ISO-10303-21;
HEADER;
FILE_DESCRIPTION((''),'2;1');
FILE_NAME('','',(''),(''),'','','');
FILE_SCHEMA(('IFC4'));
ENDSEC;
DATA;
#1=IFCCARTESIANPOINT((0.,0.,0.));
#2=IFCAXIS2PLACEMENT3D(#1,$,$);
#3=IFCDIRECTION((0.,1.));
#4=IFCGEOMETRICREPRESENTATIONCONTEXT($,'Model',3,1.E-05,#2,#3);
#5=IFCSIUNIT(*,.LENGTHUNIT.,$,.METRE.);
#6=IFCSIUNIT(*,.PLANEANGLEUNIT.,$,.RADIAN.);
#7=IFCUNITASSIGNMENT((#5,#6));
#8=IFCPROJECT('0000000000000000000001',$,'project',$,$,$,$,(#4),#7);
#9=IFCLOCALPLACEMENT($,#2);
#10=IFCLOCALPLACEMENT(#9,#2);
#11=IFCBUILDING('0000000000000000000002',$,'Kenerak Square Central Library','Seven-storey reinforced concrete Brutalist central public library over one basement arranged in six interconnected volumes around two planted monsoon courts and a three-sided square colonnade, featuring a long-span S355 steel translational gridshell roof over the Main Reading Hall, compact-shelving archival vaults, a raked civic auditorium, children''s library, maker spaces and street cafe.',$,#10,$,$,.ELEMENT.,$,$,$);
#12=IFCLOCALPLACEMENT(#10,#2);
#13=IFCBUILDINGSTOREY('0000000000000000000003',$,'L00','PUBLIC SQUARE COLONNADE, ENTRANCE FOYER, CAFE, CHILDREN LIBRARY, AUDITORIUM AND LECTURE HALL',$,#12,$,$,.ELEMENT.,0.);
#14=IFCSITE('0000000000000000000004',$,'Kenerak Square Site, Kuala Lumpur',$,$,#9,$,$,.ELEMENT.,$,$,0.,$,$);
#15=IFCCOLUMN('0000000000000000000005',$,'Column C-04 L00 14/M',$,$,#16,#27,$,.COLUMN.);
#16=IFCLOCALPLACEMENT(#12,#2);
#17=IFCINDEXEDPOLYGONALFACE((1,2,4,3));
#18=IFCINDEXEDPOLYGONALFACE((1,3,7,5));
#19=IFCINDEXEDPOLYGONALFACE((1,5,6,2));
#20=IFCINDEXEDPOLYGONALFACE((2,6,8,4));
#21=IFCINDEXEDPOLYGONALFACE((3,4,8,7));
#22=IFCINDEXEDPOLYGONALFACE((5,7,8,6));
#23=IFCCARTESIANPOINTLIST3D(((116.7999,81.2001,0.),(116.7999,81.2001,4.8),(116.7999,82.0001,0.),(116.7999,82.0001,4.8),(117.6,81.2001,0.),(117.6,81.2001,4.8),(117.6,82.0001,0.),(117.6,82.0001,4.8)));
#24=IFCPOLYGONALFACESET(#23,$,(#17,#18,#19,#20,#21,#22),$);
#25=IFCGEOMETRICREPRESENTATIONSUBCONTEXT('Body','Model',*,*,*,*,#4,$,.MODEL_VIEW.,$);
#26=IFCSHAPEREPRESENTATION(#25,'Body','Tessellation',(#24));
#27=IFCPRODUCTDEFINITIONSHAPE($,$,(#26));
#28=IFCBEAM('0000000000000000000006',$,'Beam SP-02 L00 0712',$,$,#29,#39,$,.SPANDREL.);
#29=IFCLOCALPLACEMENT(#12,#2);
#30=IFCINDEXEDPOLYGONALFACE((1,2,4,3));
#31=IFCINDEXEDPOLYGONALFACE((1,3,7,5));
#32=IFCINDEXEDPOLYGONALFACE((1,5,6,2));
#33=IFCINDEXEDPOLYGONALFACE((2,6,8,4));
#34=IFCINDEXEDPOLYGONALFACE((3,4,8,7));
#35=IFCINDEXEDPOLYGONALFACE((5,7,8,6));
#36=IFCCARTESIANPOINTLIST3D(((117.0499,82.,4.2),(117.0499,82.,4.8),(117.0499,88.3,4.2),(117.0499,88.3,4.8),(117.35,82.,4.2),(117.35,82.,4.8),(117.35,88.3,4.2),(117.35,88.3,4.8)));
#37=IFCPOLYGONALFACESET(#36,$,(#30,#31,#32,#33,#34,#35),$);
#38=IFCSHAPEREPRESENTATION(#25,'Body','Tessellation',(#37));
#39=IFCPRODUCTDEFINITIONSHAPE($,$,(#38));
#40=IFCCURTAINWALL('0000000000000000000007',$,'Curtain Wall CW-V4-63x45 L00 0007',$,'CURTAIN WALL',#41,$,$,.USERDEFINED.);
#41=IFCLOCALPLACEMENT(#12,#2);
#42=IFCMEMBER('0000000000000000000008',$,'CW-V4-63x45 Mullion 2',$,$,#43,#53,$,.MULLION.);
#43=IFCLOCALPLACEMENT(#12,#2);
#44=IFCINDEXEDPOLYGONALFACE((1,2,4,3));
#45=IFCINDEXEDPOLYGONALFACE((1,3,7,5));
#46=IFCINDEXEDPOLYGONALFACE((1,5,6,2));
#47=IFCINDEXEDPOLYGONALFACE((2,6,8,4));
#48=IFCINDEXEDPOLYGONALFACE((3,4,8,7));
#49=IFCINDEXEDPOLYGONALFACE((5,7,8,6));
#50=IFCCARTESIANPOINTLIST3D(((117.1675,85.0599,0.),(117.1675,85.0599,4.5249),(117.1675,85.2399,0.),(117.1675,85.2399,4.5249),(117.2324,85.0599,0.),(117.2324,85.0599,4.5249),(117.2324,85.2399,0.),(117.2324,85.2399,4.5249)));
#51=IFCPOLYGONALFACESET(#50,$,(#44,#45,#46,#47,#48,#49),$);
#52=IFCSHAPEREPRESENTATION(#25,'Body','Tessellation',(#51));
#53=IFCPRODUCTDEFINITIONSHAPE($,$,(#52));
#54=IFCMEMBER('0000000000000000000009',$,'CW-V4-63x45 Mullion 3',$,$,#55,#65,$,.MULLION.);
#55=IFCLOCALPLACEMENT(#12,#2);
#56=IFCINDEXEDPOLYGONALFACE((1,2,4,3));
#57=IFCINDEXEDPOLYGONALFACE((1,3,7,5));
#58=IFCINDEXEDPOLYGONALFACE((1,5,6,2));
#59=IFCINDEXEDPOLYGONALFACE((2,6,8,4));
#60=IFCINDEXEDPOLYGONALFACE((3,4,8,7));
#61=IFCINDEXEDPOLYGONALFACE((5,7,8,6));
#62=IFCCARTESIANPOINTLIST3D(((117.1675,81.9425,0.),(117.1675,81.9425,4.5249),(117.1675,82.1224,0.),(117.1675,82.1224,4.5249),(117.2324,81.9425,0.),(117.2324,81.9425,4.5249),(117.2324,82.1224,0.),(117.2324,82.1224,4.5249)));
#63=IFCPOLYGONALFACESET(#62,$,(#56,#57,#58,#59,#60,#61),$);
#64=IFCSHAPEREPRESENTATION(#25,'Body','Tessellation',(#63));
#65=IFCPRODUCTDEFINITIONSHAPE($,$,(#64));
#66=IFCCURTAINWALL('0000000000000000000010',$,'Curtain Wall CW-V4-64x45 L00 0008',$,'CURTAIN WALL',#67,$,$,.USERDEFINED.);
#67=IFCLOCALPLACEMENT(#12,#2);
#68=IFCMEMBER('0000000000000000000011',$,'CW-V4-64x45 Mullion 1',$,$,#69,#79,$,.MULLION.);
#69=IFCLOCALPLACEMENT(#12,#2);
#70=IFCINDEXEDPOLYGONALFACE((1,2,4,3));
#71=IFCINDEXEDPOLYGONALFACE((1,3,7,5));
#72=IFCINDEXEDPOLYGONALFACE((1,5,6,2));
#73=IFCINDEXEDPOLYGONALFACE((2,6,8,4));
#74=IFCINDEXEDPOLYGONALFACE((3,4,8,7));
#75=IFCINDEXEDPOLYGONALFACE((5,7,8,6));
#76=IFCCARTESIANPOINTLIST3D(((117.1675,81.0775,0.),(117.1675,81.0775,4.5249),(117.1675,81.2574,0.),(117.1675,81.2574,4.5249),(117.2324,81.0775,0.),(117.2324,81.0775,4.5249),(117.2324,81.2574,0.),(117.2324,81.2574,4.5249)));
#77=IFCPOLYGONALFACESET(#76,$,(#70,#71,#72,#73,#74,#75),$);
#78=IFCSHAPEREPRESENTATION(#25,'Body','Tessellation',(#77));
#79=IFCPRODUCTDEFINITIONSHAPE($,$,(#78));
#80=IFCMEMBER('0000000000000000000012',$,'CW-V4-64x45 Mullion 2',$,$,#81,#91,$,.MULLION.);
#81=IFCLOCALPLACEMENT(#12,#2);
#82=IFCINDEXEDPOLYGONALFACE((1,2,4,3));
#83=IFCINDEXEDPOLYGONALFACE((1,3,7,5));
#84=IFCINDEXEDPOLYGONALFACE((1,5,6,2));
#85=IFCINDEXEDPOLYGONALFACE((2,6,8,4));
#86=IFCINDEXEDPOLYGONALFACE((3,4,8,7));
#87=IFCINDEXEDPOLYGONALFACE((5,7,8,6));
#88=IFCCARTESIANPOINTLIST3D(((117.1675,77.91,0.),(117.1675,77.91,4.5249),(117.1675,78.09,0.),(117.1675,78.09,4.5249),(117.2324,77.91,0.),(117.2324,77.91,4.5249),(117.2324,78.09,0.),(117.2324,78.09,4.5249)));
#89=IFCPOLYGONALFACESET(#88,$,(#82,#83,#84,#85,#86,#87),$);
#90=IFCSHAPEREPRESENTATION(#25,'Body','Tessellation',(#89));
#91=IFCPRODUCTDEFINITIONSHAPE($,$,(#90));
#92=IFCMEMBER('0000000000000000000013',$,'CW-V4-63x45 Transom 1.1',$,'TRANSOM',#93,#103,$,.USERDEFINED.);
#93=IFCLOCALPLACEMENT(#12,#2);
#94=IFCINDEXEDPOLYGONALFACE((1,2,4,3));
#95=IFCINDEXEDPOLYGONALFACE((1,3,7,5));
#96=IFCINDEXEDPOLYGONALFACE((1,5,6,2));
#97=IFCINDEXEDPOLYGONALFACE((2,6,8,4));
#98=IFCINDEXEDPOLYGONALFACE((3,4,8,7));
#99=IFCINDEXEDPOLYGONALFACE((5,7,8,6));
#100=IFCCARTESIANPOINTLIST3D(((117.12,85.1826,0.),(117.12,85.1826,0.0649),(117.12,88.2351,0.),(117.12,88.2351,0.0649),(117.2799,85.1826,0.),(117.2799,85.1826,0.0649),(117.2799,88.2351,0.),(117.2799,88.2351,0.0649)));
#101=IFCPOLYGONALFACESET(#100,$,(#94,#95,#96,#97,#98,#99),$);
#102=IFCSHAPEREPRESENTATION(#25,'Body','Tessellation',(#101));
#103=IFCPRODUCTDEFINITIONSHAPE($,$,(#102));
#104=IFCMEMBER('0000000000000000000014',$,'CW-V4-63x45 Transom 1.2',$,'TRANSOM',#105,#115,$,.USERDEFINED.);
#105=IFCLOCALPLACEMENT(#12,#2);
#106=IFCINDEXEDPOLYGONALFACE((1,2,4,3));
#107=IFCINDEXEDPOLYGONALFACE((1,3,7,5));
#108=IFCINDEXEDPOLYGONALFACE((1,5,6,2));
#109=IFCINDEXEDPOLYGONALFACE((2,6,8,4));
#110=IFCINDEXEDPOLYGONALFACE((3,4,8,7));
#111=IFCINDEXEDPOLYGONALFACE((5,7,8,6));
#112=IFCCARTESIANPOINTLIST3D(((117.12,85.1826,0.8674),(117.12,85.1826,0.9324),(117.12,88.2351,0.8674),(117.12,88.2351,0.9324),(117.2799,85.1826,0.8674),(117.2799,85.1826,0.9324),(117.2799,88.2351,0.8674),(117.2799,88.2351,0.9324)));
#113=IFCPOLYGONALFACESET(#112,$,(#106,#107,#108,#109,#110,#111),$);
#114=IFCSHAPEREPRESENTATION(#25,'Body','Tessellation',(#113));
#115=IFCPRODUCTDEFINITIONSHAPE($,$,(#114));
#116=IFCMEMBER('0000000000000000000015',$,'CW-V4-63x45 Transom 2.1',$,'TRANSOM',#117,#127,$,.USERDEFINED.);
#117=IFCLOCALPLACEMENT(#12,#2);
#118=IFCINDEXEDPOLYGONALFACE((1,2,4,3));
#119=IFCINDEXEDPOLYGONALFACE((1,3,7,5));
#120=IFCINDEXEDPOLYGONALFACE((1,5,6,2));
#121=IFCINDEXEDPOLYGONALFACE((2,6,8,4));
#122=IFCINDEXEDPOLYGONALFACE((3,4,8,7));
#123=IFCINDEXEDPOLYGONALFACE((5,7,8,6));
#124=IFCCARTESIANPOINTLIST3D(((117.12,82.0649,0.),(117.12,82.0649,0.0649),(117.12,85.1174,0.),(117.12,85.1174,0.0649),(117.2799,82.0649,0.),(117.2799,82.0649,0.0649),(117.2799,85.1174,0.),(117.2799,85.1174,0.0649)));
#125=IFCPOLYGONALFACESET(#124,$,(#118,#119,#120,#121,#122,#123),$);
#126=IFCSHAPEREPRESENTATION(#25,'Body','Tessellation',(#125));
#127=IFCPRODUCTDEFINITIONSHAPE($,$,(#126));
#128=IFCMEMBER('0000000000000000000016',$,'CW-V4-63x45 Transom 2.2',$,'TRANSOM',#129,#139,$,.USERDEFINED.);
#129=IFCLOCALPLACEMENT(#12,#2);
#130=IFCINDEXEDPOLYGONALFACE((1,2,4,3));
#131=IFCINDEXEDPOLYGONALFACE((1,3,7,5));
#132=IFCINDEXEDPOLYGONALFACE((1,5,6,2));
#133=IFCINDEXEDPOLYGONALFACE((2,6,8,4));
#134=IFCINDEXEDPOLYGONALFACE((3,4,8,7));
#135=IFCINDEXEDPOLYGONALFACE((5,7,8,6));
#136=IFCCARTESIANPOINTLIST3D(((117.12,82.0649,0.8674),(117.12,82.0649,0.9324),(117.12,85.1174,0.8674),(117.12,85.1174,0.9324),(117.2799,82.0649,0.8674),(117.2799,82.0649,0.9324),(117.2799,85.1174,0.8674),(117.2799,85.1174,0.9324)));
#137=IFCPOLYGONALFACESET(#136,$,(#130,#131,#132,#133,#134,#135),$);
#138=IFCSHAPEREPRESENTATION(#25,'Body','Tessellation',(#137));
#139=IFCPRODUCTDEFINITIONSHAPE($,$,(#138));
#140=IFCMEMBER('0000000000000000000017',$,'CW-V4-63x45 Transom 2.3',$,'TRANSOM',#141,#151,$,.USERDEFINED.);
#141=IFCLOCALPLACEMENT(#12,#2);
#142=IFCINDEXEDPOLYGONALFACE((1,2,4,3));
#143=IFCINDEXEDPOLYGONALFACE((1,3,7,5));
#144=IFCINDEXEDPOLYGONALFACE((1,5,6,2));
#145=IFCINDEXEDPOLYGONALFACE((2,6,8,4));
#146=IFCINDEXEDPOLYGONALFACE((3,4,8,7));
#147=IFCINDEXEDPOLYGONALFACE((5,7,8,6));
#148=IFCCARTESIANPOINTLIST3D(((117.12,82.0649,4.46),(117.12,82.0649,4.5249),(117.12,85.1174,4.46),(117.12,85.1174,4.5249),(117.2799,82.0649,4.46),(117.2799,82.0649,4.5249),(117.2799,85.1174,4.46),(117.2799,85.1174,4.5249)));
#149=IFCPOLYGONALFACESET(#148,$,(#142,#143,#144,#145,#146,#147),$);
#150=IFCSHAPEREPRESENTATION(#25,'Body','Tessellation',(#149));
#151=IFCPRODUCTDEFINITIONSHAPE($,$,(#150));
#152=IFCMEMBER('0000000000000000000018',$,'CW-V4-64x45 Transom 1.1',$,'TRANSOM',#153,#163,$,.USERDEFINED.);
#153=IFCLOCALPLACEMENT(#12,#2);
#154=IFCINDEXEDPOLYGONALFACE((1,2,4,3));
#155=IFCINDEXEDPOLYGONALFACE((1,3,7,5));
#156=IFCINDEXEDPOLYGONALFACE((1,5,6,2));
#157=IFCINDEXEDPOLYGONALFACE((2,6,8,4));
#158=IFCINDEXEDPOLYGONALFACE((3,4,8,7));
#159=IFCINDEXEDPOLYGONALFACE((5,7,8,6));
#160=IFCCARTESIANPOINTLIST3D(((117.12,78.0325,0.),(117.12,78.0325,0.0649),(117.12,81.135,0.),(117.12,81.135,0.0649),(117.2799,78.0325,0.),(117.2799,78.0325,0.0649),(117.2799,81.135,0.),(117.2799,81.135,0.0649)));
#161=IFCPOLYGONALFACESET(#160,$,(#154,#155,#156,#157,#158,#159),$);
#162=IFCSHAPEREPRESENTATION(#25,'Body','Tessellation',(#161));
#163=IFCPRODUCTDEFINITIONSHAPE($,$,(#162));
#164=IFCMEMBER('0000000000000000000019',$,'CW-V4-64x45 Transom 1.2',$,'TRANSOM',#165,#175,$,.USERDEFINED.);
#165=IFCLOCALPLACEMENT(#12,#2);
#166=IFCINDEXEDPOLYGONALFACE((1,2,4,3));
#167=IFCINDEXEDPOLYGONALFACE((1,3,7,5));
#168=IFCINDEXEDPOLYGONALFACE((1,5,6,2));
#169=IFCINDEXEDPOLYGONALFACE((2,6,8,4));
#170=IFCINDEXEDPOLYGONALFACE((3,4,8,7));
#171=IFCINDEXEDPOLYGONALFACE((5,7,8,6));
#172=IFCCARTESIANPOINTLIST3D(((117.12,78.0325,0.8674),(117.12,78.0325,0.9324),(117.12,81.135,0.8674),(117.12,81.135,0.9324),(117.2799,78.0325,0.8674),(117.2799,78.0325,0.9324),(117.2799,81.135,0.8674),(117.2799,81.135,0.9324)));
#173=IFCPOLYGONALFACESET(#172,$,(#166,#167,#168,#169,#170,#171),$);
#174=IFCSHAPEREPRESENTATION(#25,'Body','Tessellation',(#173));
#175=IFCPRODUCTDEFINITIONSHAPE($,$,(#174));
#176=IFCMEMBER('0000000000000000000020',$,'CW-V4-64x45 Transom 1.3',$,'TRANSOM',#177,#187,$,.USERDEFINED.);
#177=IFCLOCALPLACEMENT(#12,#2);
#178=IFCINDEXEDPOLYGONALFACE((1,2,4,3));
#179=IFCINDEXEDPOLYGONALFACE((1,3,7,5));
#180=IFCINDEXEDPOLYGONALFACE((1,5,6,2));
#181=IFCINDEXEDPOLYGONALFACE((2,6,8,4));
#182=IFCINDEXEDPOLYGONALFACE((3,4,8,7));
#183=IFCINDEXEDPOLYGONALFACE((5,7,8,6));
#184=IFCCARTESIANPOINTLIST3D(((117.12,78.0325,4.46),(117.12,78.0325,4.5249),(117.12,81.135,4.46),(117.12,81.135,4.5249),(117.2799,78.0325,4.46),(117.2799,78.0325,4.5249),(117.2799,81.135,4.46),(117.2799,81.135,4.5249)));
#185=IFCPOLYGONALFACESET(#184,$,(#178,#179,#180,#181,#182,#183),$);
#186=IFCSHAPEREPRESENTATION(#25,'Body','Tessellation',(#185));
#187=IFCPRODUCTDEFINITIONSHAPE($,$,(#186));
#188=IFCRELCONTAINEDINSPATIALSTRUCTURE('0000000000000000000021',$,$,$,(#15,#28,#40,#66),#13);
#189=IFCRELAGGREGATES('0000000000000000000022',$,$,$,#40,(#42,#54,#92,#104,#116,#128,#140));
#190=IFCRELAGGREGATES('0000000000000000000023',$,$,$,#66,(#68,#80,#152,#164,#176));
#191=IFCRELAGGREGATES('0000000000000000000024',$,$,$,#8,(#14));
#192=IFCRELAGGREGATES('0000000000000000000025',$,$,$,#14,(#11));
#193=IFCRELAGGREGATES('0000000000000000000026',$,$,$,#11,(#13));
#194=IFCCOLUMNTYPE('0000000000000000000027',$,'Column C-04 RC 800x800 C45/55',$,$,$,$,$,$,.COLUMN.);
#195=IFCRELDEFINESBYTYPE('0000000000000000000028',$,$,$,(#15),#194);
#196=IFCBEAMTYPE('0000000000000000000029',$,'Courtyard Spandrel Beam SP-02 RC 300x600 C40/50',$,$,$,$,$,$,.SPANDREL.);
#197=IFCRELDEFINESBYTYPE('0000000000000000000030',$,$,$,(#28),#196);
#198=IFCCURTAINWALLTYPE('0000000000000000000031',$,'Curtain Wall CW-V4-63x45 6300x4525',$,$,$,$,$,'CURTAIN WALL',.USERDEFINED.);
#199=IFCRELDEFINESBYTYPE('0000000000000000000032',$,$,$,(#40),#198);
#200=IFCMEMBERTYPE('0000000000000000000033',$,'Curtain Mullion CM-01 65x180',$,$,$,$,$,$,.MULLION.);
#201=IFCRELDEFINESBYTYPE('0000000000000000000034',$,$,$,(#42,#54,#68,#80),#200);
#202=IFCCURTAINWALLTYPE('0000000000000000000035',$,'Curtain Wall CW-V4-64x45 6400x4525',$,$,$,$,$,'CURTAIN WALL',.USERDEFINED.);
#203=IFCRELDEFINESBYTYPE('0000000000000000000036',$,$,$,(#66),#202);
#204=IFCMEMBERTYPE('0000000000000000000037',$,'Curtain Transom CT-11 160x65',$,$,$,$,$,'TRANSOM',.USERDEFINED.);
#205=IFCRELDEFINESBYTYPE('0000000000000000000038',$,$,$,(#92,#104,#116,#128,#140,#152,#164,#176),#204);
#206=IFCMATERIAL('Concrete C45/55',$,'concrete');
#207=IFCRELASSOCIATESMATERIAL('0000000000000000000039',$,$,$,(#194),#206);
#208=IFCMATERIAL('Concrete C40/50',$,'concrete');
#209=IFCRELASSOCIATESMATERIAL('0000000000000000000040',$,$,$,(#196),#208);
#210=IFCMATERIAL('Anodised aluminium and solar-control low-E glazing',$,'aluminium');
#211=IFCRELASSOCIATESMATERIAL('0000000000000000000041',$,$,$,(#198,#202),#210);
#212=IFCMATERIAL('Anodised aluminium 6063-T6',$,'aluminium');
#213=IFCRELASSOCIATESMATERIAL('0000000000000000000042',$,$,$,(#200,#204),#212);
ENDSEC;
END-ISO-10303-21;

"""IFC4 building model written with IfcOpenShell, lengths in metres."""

from ifc_helpers import new_model, si_unit, direction, frame, origin, origin_2d, place, context, subcontext, project, spatial, rectangle, extrude, material, material_profile, profile_set, type_object, element, aggregate, save


model = new_model("IFC4")

# Units and contexts
model_context = context("Model", 3, precision=1e-05, world=origin(), true_north=direction((0.0, 1.0)))
body_context = subcontext(model_context, "Body", "Model", "MODEL_VIEW")
ifc_project = project(units=[si_unit("LENGTHUNIT", "METRE"), si_unit("PLANEANGLEUNIT", "RADIAN")], contexts=[model_context])

# Site, building, storey
site_placement = place(None, origin())
site = spatial("IfcSite", under=ifc_project, at=site_placement, Name="Kenerak Square Site, Kuala Lumpur", CompositionType="ELEMENT", RefElevation=0.0)
building_placement = place(site_placement, origin())
building = spatial("IfcBuilding", under=site, at=building_placement, Name="Kenerak Square Central Library", Description="Seven-storey reinforced concrete Brutalist central public library over one basement arranged in six interconnected volumes around two planted monsoon courts and a three-sided square colonnade, featuring a long-span S355 steel translational gridshell roof over the Main Reading Hall, compact-shelving archival vaults, a raked civic auditorium, children's library, maker spaces and street cafe.", CompositionType="ELEMENT")
storey_placement = place(building_placement, origin())
storey = spatial("IfcBuildingStorey", under=building, at=storey_placement, Name="L00", Description="PUBLIC SQUARE COLONNADE, ENTRANCE FOYER, CAFE, CHILDREN LIBRARY, AUDITORIUM AND LECTURE HALL", CompositionType="ELEMENT", Elevation=0.0)

# Column
ifc_material_1 = material(Name="Concrete C45/55", Category="concrete")
ifc_material_profile_1 = material_profile(ifc_material_1, rectangle(XDim=0.8, YDim=0.8, at=origin_2d()), Name="RC 800x800")
ifc_profile_set_1 = profile_set([ifc_material_profile_1], Name="Concrete C45/55")
column_type = type_object("IfcColumnType", Name="Column C-04 RC 800x800 C45/55", PredefinedType="COLUMN", material=ifc_profile_set_1)
column_placement = place(storey_placement, frame((117.2, 81.6001, 0.0), z_axis=(0.0, 0.0, 1.0), x_axis=(1.0, 0.0, 0.0)))
element("IfcColumn", 1, at=column_placement, inside=storey, type_object=column_type, Name="Column C-04 L00 14/M", PredefinedType="COLUMN", context=body_context, shape_type="SweptSolid", body=[
    extrude(rectangle(XDim=0.8, YDim=0.8, at=origin_2d()), origin(), (0.0, 0.0, 1.0), 4.8),
])

# Beam
ifc_material_2 = material(Name="Concrete C40/50", Category="concrete")
ifc_material_profile_2 = material_profile(ifc_material_2, rectangle(XDim=0.3, YDim=0.6001, at=origin_2d()), Name="RC 300x600")
ifc_profile_set_2 = profile_set([ifc_material_profile_2], Name="Concrete C40/50")
beam_type = type_object("IfcBeamType", Name="Courtyard Spandrel Beam SP-02 RC 300x600 C40/50", PredefinedType="SPANDREL", material=ifc_profile_set_2)
beam_placement = place(storey_placement, frame((117.2, 82.0, 4.5), z_axis=(0.0, 1.0, 0.0), x_axis=(-1.0, 0.0, 0.0)))
element("IfcBeam", 2, at=beam_placement, inside=storey, type_object=beam_type, Name="Beam SP-02 L00 0712", PredefinedType="SPANDREL", context=body_context, shape_type="SweptSolid", body=[
    extrude(rectangle(XDim=0.3, YDim=0.6001, at=origin_2d()), origin(), (0.0, 0.0, 1.0), 6.3),
])

# Curtain walls, members
ifc_material_3 = material(Name="Anodised aluminium and solar-control low-E glazing", Category="aluminium")
curtain_wall_type_1 = type_object("IfcCurtainWallType", Name="Curtain Wall CW-V4-63x45 6300x4525", ElementType="CURTAIN WALL", PredefinedType="USERDEFINED", material=ifc_material_3)
curtain_wall_1_placement = place(storey_placement, origin())
curtain_wall_1 = element("IfcCurtainWall", 3, at=curtain_wall_1_placement, inside=storey, type_object=curtain_wall_type_1, Name="Curtain Wall CW-V4-63x45 L00 0007", ObjectType="CURTAIN WALL", PredefinedType="USERDEFINED")
ifc_material_4 = material(Name="Anodised aluminium 6063-T6", Category="aluminium")
ifc_material_profile_3 = material_profile(ifc_material_4, rectangle(XDim=0.0649, YDim=0.1799, at=origin_2d()), Name="AL MULLION 65x180")
ifc_profile_set_3 = profile_set([ifc_material_profile_3], Name="Anodised aluminium 6063-T6")
member_type_1 = type_object("IfcMemberType", Name="Curtain Mullion CM-01 65x180", PredefinedType="MULLION", material=ifc_profile_set_3)
member_1_placement = place(storey_placement, frame((117.2, 85.1499, 0.0), z_axis=(0.0, 0.0, 1.0), x_axis=(1.0, 0.0, 0.0)))
member_1 = element("IfcMember", 4, at=member_1_placement, type_object=member_type_1, Name="CW-V4-63x45 Mullion 2", PredefinedType="MULLION", context=body_context, shape_type="SweptSolid", body=[
    extrude(rectangle(XDim=0.0649, YDim=0.1799, at=origin_2d()), origin(), (0.0, 0.0, 1.0), 4.5249),
])
member_2_placement = place(storey_placement, frame((117.2, 82.0325, 0.0), z_axis=(0.0, 0.0, 1.0), x_axis=(1.0, 0.0, 0.0)))
member_2 = element("IfcMember", 5, at=member_2_placement, type_object=member_type_1, Name="CW-V4-63x45 Mullion 3", PredefinedType="MULLION", context=body_context, shape_type="SweptSolid", body=[
    extrude(rectangle(XDim=0.0649, YDim=0.1799, at=origin_2d()), origin(), (0.0, 0.0, 1.0), 4.5249),
])
curtain_wall_type_2 = type_object("IfcCurtainWallType", Name="Curtain Wall CW-V4-64x45 6400x4525", ElementType="CURTAIN WALL", PredefinedType="USERDEFINED", material=ifc_material_3)
curtain_wall_2_placement = place(storey_placement, origin())
curtain_wall_2 = element("IfcCurtainWall", 6, at=curtain_wall_2_placement, inside=storey, type_object=curtain_wall_type_2, Name="Curtain Wall CW-V4-64x45 L00 0008", ObjectType="CURTAIN WALL", PredefinedType="USERDEFINED")
member_3_placement = place(storey_placement, frame((117.2, 81.1675, 0.0), z_axis=(0.0, 0.0, 1.0), x_axis=(1.0, 0.0, 0.0)))
member_3 = element("IfcMember", 7, at=member_3_placement, type_object=member_type_1, Name="CW-V4-64x45 Mullion 1", PredefinedType="MULLION", context=body_context, shape_type="SweptSolid", body=[
    extrude(rectangle(XDim=0.0649, YDim=0.1799, at=origin_2d()), origin(), (0.0, 0.0, 1.0), 4.5249),
])
member_4_placement = place(storey_placement, frame((117.2, 78.0, 0.0), z_axis=(0.0, 0.0, 1.0), x_axis=(1.0, 0.0, 0.0)))
member_4 = element("IfcMember", 8, at=member_4_placement, type_object=member_type_1, Name="CW-V4-64x45 Mullion 2", PredefinedType="MULLION", context=body_context, shape_type="SweptSolid", body=[
    extrude(rectangle(XDim=0.0649, YDim=0.1799, at=origin_2d()), origin(), (0.0, 0.0, 1.0), 4.5249),
])

# Members
ifc_material_profile_4 = material_profile(ifc_material_4, rectangle(XDim=0.1599, YDim=0.0649, at=origin_2d()), Name="AL TRANSOM 160x65")
ifc_profile_set_4 = profile_set([ifc_material_profile_4], Name="Anodised aluminium 6063-T6")
member_type_2 = type_object("IfcMemberType", Name="Curtain Transom CT-11 160x65", ElementType="TRANSOM", PredefinedType="USERDEFINED", material=ifc_profile_set_4)
member_5_placement = place(storey_placement, frame((117.2, 88.2351, 0.0325), z_axis=(0.0, -1.0, 0.0), x_axis=(1.0, 0.0, 0.0)))
member_5 = element("IfcMember", 9, at=member_5_placement, type_object=member_type_2, Name="CW-V4-63x45 Transom 1.1", ObjectType="TRANSOM", PredefinedType="USERDEFINED", context=body_context, shape_type="SweptSolid", body=[
    extrude(rectangle(XDim=0.1599, YDim=0.0649, at=origin_2d()), origin(), (0.0, 0.0, 1.0), 3.0525),
])
member_6_placement = place(storey_placement, frame((117.2, 88.2351, 0.8999), z_axis=(0.0, -1.0, 0.0), x_axis=(1.0, 0.0, 0.0)))
member_6 = element("IfcMember", 10, at=member_6_placement, type_object=member_type_2, Name="CW-V4-63x45 Transom 1.2", ObjectType="TRANSOM", PredefinedType="USERDEFINED", context=body_context, shape_type="SweptSolid", body=[
    extrude(rectangle(XDim=0.1599, YDim=0.0649, at=origin_2d()), origin(), (0.0, 0.0, 1.0), 3.0525),
])
member_7_placement = place(storey_placement, frame((117.2, 85.1174, 0.0325), z_axis=(0.0, -1.0, 0.0), x_axis=(1.0, 0.0, 0.0)))
member_7 = element("IfcMember", 11, at=member_7_placement, type_object=member_type_2, Name="CW-V4-63x45 Transom 2.1", ObjectType="TRANSOM", PredefinedType="USERDEFINED", context=body_context, shape_type="SweptSolid", body=[
    extrude(rectangle(XDim=0.1599, YDim=0.0649, at=origin_2d()), origin(), (0.0, 0.0, 1.0), 3.0525),
])
member_8_placement = place(storey_placement, frame((117.2, 85.1174, 0.8999), z_axis=(0.0, -1.0, 0.0), x_axis=(1.0, 0.0, 0.0)))
member_8 = element("IfcMember", 12, at=member_8_placement, type_object=member_type_2, Name="CW-V4-63x45 Transom 2.2", ObjectType="TRANSOM", PredefinedType="USERDEFINED", context=body_context, shape_type="SweptSolid", body=[
    extrude(rectangle(XDim=0.1599, YDim=0.0649, at=origin_2d()), origin(), (0.0, 0.0, 1.0), 3.0525),
])
member_9_placement = place(storey_placement, frame((117.2, 85.1174, 4.4924), z_axis=(0.0, -1.0, 0.0), x_axis=(1.0, 0.0, 0.0)))
member_9 = element("IfcMember", 13, at=member_9_placement, type_object=member_type_2, Name="CW-V4-63x45 Transom 2.3", ObjectType="TRANSOM", PredefinedType="USERDEFINED", context=body_context, shape_type="SweptSolid", body=[
    extrude(rectangle(XDim=0.1599, YDim=0.0649, at=origin_2d()), origin(), (0.0, 0.0, 1.0), 3.0525),
])
member_10_placement = place(storey_placement, frame((117.2, 81.135, 0.0325), z_axis=(0.0, -1.0, 0.0), x_axis=(1.0, 0.0, 0.0)))
member_10 = element("IfcMember", 14, at=member_10_placement, type_object=member_type_2, Name="CW-V4-64x45 Transom 1.1", ObjectType="TRANSOM", PredefinedType="USERDEFINED", context=body_context, shape_type="SweptSolid", body=[
    extrude(rectangle(XDim=0.1599, YDim=0.0649, at=origin_2d()), origin(), (0.0, 0.0, 1.0), 3.1025),
])
member_11_placement = place(storey_placement, frame((117.2, 81.135, 0.8999), z_axis=(0.0, -1.0, 0.0), x_axis=(1.0, 0.0, 0.0)))
member_11 = element("IfcMember", 15, at=member_11_placement, type_object=member_type_2, Name="CW-V4-64x45 Transom 1.2", ObjectType="TRANSOM", PredefinedType="USERDEFINED", context=body_context, shape_type="SweptSolid", body=[
    extrude(rectangle(XDim=0.1599, YDim=0.0649, at=origin_2d()), origin(), (0.0, 0.0, 1.0), 3.1025),
])
member_12_placement = place(storey_placement, frame((117.2, 81.135, 4.4924), z_axis=(0.0, -1.0, 0.0), x_axis=(1.0, 0.0, 0.0)))
member_12 = element("IfcMember", 16, at=member_12_placement, type_object=member_type_2, Name="CW-V4-64x45 Transom 1.3", ObjectType="TRANSOM", PredefinedType="USERDEFINED", context=body_context, shape_type="SweptSolid", body=[
    extrude(rectangle(XDim=0.1599, YDim=0.0649, at=origin_2d()), origin(), (0.0, 0.0, 1.0), 3.1025),
])

aggregate(curtain_wall_1, [member_1, member_2, member_5, member_6, member_7, member_8, member_9])
aggregate(curtain_wall_2, [member_3, member_4, member_10, member_11, member_12])

save(model, "model.ifc")
